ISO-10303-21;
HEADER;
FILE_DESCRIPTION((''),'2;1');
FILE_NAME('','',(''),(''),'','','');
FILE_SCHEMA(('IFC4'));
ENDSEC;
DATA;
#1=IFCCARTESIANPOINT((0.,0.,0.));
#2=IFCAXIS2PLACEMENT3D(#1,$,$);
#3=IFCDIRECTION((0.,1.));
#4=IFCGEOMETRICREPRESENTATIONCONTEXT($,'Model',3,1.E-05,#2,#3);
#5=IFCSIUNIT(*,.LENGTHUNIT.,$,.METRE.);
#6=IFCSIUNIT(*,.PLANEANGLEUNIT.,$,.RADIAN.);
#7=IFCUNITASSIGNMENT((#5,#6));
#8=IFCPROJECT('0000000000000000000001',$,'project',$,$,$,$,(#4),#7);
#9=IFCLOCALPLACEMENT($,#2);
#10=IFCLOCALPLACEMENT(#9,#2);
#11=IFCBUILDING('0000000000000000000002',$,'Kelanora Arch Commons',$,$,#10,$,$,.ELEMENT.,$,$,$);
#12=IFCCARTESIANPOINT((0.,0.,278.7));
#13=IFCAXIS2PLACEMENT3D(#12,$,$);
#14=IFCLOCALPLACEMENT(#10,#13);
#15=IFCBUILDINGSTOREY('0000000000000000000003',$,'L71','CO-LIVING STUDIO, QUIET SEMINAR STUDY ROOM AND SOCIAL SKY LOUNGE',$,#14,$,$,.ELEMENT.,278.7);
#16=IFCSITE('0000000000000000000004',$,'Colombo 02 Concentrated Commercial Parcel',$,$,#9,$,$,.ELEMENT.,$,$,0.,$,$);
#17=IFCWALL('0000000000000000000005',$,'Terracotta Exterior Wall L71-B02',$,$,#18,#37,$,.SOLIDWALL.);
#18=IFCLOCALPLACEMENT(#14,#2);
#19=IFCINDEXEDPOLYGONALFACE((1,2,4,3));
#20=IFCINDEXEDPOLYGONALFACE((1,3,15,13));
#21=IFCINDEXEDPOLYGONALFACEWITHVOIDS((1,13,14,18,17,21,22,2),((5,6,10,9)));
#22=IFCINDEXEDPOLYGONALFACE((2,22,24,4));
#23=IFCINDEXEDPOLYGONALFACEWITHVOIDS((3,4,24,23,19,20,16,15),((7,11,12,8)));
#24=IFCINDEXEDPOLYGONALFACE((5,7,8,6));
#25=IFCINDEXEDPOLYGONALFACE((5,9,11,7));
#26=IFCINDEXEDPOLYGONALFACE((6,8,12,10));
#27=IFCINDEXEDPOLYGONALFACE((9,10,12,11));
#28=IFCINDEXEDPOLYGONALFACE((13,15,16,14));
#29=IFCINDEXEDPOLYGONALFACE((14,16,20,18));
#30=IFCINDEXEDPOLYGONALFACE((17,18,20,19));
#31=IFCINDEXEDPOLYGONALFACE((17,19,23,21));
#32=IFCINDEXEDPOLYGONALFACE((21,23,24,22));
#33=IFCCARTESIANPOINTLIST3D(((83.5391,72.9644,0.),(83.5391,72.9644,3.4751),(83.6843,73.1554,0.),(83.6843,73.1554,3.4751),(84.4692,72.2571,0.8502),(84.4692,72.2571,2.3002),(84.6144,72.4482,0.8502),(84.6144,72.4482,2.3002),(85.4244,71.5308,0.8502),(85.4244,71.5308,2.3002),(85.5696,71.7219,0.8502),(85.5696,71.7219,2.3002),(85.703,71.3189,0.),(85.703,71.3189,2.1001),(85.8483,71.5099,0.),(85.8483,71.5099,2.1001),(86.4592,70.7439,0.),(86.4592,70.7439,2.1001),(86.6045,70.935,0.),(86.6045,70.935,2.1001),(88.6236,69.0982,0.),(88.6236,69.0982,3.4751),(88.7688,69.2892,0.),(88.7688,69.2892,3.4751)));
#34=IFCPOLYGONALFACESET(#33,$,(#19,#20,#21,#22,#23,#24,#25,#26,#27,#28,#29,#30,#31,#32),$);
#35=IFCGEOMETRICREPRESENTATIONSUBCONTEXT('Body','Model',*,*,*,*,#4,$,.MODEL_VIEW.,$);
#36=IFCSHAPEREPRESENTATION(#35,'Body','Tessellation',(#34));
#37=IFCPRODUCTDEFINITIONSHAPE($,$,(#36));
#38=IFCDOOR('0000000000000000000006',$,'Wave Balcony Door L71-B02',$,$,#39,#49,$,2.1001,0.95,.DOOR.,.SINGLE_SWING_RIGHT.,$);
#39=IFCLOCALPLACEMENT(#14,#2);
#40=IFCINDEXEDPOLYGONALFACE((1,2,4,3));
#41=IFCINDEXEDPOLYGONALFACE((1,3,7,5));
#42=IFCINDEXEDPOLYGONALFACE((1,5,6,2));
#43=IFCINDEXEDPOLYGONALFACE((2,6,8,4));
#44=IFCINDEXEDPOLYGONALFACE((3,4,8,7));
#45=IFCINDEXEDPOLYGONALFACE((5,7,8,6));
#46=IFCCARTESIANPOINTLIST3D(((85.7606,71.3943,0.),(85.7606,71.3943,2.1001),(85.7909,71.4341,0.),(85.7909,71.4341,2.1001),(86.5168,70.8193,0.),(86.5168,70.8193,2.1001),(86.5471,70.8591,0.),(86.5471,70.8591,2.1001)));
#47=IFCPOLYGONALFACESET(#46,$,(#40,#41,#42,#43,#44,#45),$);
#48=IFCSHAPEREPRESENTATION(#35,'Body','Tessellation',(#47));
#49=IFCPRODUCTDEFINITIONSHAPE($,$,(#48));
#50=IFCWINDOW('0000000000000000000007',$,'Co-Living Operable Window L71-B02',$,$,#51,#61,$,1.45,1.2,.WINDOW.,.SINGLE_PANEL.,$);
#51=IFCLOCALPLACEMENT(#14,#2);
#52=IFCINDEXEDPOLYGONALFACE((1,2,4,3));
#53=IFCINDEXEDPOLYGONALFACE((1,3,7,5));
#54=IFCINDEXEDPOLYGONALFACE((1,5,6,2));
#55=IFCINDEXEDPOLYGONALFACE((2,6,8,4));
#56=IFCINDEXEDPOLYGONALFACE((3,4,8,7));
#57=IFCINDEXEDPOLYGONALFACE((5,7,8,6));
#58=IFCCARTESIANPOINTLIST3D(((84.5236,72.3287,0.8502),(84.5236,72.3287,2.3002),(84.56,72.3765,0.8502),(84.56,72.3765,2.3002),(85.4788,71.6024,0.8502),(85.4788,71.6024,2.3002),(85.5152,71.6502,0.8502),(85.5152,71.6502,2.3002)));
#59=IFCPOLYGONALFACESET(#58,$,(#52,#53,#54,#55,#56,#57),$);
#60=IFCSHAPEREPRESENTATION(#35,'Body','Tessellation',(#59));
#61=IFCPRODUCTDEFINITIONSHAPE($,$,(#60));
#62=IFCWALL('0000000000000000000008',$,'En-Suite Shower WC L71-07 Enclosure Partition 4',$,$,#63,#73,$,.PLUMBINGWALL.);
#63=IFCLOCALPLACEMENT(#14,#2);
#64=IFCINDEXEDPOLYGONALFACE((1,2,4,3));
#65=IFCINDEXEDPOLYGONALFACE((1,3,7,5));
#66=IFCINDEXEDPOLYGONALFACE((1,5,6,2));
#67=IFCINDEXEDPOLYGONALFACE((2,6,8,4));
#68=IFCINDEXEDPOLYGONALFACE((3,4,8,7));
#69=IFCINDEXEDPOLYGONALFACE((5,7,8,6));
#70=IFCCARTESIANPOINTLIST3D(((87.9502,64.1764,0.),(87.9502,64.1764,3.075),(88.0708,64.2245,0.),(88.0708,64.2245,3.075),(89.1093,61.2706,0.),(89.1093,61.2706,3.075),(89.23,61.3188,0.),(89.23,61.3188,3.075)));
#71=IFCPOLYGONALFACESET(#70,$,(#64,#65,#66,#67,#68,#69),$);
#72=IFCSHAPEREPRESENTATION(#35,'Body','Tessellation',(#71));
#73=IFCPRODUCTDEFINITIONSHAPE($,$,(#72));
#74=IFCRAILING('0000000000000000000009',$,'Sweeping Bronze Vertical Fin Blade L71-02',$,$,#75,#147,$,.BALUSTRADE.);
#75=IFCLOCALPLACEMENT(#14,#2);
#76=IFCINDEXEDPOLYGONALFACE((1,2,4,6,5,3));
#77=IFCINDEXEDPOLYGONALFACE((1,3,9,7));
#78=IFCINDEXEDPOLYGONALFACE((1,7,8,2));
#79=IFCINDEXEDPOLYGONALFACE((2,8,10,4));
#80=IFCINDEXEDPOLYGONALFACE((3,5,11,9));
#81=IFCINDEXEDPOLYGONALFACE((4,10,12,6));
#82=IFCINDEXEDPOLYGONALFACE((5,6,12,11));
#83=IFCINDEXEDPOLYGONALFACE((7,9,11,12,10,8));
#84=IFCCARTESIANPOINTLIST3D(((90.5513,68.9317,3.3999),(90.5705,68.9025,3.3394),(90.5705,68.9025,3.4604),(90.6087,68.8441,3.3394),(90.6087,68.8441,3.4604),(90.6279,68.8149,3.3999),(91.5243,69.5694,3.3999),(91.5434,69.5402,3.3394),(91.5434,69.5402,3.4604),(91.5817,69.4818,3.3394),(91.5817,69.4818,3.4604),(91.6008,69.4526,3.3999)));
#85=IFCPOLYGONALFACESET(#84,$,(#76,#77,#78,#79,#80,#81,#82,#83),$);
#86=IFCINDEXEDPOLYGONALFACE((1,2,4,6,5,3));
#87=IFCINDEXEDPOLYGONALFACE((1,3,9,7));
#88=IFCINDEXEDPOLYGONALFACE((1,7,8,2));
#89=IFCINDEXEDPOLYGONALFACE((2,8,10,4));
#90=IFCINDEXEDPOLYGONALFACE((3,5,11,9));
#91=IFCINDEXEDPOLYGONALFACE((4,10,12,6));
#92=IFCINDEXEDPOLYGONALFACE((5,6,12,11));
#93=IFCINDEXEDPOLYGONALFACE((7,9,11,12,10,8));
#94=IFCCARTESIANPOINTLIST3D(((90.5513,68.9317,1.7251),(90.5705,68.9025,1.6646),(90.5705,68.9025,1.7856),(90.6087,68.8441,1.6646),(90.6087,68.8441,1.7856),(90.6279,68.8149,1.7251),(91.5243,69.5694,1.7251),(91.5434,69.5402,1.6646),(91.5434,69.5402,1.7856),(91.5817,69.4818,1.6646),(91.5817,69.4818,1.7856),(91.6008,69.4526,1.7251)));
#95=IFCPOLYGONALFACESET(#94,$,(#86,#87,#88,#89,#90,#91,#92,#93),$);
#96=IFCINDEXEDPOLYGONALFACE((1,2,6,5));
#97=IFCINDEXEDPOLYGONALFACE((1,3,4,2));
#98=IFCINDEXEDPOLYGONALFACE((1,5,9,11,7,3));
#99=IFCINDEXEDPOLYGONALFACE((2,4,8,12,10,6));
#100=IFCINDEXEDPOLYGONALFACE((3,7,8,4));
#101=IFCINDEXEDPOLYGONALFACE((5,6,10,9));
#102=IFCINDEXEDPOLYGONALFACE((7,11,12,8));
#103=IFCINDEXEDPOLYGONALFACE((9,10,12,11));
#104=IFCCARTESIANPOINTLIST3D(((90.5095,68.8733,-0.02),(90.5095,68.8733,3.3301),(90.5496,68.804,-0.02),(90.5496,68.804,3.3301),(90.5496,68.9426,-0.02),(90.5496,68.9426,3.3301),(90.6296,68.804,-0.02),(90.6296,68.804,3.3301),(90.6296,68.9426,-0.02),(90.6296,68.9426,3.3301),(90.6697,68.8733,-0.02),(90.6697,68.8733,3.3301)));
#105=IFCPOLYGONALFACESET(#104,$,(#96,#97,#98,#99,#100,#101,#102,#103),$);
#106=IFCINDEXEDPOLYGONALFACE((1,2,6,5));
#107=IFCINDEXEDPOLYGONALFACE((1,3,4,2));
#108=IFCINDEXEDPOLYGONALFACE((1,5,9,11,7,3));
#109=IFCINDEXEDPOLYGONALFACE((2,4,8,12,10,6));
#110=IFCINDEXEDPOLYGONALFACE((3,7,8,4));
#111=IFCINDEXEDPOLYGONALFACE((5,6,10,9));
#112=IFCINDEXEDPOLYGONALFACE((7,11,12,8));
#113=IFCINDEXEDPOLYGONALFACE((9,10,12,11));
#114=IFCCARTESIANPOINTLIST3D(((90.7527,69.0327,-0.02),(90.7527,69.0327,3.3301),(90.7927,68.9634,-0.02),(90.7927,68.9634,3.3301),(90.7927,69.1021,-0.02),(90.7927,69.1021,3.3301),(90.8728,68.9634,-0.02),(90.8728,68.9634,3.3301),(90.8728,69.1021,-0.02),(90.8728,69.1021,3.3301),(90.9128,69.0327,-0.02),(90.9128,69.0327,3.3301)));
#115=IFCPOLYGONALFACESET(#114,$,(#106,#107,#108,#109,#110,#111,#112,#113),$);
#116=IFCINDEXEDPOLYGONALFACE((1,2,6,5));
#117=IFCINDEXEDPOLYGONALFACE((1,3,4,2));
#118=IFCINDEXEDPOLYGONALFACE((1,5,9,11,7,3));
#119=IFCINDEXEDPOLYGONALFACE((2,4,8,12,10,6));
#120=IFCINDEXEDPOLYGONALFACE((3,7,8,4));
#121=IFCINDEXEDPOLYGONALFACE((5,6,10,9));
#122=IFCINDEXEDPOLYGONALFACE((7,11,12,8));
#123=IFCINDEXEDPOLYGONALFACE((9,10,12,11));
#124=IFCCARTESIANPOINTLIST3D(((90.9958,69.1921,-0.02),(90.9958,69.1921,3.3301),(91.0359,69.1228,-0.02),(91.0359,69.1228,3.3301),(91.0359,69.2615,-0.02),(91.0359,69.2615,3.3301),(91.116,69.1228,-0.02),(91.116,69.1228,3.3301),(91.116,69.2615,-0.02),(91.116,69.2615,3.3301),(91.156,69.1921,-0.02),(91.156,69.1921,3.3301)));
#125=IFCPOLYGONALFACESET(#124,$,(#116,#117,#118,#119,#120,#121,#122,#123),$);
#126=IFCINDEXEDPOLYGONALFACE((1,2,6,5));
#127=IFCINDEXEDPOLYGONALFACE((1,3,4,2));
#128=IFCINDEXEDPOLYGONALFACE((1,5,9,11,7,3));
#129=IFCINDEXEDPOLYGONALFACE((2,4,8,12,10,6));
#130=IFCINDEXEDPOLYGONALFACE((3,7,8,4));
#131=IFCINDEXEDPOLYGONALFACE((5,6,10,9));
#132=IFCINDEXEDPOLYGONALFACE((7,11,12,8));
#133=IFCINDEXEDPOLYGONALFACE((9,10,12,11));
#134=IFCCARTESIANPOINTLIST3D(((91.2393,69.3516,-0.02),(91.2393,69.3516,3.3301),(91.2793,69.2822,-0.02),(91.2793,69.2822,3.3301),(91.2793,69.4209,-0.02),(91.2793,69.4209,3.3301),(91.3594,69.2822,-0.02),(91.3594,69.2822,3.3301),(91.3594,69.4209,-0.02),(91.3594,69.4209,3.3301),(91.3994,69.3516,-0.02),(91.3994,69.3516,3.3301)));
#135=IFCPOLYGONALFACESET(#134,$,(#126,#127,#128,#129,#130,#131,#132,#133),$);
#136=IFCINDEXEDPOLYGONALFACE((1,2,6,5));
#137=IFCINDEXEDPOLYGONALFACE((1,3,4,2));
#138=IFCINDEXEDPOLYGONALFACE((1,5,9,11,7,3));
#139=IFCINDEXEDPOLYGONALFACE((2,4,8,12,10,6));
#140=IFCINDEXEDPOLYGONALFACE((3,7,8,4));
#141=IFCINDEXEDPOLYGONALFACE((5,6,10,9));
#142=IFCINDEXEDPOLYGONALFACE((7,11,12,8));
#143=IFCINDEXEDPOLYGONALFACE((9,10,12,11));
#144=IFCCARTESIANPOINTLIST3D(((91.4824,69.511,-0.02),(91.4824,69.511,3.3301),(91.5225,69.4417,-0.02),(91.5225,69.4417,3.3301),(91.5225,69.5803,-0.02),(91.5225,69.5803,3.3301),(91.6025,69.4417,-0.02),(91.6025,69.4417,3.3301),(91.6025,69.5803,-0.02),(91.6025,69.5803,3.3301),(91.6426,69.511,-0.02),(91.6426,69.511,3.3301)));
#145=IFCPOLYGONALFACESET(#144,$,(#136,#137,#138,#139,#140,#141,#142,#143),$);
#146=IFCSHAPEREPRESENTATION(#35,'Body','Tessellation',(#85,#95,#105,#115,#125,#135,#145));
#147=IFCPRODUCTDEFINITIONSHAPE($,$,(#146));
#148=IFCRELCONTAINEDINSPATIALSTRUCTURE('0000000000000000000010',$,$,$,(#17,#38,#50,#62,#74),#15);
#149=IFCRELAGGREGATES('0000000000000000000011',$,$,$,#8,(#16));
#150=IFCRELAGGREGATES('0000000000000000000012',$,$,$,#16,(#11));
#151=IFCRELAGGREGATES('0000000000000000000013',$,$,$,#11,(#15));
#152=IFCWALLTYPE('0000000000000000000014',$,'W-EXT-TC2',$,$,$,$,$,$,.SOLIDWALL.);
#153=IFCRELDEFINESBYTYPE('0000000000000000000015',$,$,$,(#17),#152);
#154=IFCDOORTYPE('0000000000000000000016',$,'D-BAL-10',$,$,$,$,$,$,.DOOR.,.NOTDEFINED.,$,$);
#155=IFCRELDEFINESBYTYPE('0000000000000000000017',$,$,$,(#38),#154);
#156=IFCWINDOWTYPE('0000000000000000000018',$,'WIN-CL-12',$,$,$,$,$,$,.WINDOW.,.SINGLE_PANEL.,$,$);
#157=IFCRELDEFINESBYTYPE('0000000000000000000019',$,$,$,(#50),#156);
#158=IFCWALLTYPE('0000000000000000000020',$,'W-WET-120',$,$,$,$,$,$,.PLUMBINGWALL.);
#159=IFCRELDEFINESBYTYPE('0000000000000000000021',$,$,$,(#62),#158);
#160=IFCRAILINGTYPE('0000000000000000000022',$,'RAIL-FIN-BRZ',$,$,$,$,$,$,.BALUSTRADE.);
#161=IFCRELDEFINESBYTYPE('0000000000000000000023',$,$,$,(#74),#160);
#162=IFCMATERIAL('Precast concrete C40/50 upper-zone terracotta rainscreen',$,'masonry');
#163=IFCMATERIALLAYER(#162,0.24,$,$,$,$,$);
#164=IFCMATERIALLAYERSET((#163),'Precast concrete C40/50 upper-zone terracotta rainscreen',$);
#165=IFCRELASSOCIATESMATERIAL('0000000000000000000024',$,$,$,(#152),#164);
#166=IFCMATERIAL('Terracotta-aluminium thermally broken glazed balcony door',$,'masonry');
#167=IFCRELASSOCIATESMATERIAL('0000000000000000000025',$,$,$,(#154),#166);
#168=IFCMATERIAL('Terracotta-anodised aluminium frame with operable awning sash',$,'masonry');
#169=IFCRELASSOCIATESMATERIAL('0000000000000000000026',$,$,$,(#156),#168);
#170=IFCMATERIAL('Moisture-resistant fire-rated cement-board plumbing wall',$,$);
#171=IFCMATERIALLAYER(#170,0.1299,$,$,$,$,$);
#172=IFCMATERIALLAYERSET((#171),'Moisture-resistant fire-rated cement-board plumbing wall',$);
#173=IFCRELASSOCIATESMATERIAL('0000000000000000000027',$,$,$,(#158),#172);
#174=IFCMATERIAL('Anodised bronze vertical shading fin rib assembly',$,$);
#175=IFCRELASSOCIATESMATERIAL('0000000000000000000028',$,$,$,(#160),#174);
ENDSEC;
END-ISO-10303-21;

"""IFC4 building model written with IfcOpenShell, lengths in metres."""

from ifc_helpers import new_model, si_unit, direction, frame, frame_2d, origin, place, context, subcontext, project, spatial, polyline, rectangle, outline, extrude, material, layer, layer_set, type_object, element, fill, save


model = new_model("IFC4")

# Units and contexts
model_context = context("Model", 3, precision=1e-05, world=origin(), true_north=direction((0.0, 1.0)))
body_context = subcontext(model_context, "Body", "Model", "MODEL_VIEW")
ifc_project = project(units=[si_unit("LENGTHUNIT", "METRE"), si_unit("PLANEANGLEUNIT", "RADIAN")], contexts=[model_context])

# Site, building, storey
site_placement = place(None, origin())
site = spatial("IfcSite", under=ifc_project, at=site_placement, Name="Colombo 02 Concentrated Commercial Parcel", CompositionType="ELEMENT", RefElevation=0.0)
building_placement = place(site_placement, origin())
building = spatial("IfcBuilding", under=site, at=building_placement, Name="Kelanora Arch Commons", CompositionType="ELEMENT")
storey_placement = place(building_placement, frame((0.0, 0.0, 278.7)))
storey = spatial("IfcBuildingStorey", under=building, at=storey_placement, Name="L71", Description="CO-LIVING STUDIO, QUIET SEMINAR STUDY ROOM AND SOCIAL SKY LOUNGE", CompositionType="ELEMENT", Elevation=278.7)

# Wall, openings, door, window
ifc_material_1 = material(Name="Precast concrete C40/50 upper-zone terracotta rainscreen", Category="masonry")
ifc_layer_1 = layer(ifc_material_1, 0.24)
ifc_layer_set_1 = layer_set([ifc_layer_1], Name="Precast concrete C40/50 upper-zone terracotta rainscreen")
wall_type_1 = type_object("IfcWallType", Name="W-EXT-TC2", PredefinedType="SOLIDWALL", material=ifc_layer_set_1)
wall_1_placement = place(storey_placement, frame((88.6963, 69.1936, 0.0), z_axis=(0.0, 0.0, 1.0), x_axis=(-0.79601, 0.605283, 0.0)))
wall_1 = element("IfcWall", 1, at=wall_1_placement, inside=storey, type_object=wall_type_1, Name="Terracotta Exterior Wall L71-B02", PredefinedType="SOLIDWALL", context=body_context, shape_type="SweptSolid", body=[
    extrude(rectangle(XDim=6.3875, YDim=0.24, at=frame_2d((3.1938, 0.0))), origin(), (0.0, 0.0, 1.0), 3.4751),
])
opening_1_placement = place(wall_1_placement, frame((2.719, 0.0, 0.0)))
opening_1 = element("IfcOpeningElement", 2, at=opening_1_placement, cuts=wall_1, PredefinedType="OPENING", context=body_context, shape_type="SweptSolid", body=[
    extrude(rectangle(XDim=0.95, YDim=2.1001, at=frame_2d((0.4751, 1.05))), frame((0.0, 0.1299, 0.0), z_axis=(0.0, -1.0, 0.0), x_axis=(1.0, 0.0, 0.0)), (0.0, 0.0, 1.0), 0.26),
])
opening_2_placement = place(wall_1_placement, frame((4.019, 0.0, 0.8501)))
opening_2 = element("IfcOpeningElement", 3, at=opening_2_placement, cuts=wall_1, PredefinedType="OPENING", context=body_context, shape_type="SweptSolid", body=[
    extrude(rectangle(XDim=1.2, YDim=1.45, at=frame_2d((0.6001, 0.7251))), frame((0.0, 0.1299, 0.0), z_axis=(0.0, -1.0, 0.0), x_axis=(1.0, 0.0, 0.0)), (0.0, 0.0, 1.0), 0.26),
])
ifc_material_2 = material(Name="Terracotta-aluminium thermally broken glazed balcony door", Category="masonry")
door_type = type_object("IfcDoorType", Name="D-BAL-10", OperationType="NOTDEFINED", PredefinedType="DOOR", material=ifc_material_2)
door_placement = place(opening_1_placement, frame((0.95, 0.0, 0.0), z_axis=(0.0, 0.0, 1.0), x_axis=(-1.0, 0.0, 0.0)))
door = element("IfcDoor", 4, at=door_placement, inside=storey, type_object=door_type, Name="Wave Balcony Door L71-B02", OperationType="SINGLE_SWING_RIGHT", OverallHeight=2.1001, OverallWidth=0.95, PredefinedType="DOOR", context=body_context, shape_type="SweptSolid", body=[
    extrude(rectangle(XDim=0.95, YDim=2.1001, at=frame_2d((0.4751, 1.05))), frame((0.0, 0.0249, 0.0), z_axis=(0.0, -1.0, 0.0), x_axis=(1.0, 0.0, 0.0)), (0.0, 0.0, 1.0), 0.05),
])
fill(opening_1, door)
ifc_material_3 = material(Name="Terracotta-anodised aluminium frame with operable awning sash", Category="masonry")
window_type = type_object("IfcWindowType", Name="WIN-CL-12", PartitioningType="SINGLE_PANEL", PredefinedType="WINDOW", material=ifc_material_3)
window_placement = place(opening_2_placement, origin())
window = element("IfcWindow", 5, at=window_placement, inside=storey, type_object=window_type, Name="Co-Living Operable Window L71-B02", OverallHeight=1.45, OverallWidth=1.2, PartitioningType="SINGLE_PANEL", PredefinedType="WINDOW", context=body_context, shape_type="SweptSolid", body=[
    extrude(rectangle(XDim=1.2, YDim=1.45, at=frame_2d((0.6001, 0.7251))), frame((0.0, 0.03, 0.0), z_axis=(0.0, -1.0, 0.0), x_axis=(1.0, 0.0, 0.0)), (0.0, 0.0, 1.0), 0.0601),
])
fill(opening_2, window)

# Wall
ifc_material_4 = material(Name="Moisture-resistant fire-rated cement-board plumbing wall")
ifc_layer_2 = layer(ifc_material_4, 0.1299)
ifc_layer_set_2 = layer_set([ifc_layer_2], Name="Moisture-resistant fire-rated cement-board plumbing wall")
wall_type_2 = type_object("IfcWallType", Name="W-WET-120", PredefinedType="PLUMBINGWALL", material=ifc_layer_set_2)
wall_2_placement = place(storey_placement, frame((88.0105, 64.2004, 0.0), z_axis=(0.0, 0.0, 1.0), x_axis=(0.370529, -0.928821, 0.0)))
element("IfcWall", 6, at=wall_2_placement, inside=storey, type_object=wall_type_2, Name="En-Suite Shower WC L71-07 Enclosure Partition 4", PredefinedType="PLUMBINGWALL", context=body_context, shape_type="SweptSolid", body=[
    extrude(rectangle(XDim=3.1284, YDim=0.1299, at=frame_2d((1.5642, 0.0))), origin(), (0.0, 0.0, 1.0), 3.075),
])

# Railing
ifc_material_5 = material(Name="Anodised bronze vertical shading fin rib assembly")
railing_type = type_object("IfcRailingType", Name="RAIL-FIN-BRZ", PredefinedType="BALUSTRADE", material=ifc_material_5)
railing_1_placement = place(storey_placement, frame((90.5896, 68.8733, -0.02)))
element("IfcRailing", 7, at=railing_1_placement, inside=storey, type_object=railing_type, Name="Sweeping Bronze Vertical Fin Blade L71-02", PredefinedType="BALUSTRADE", context=body_context, shape_type="SweptSolid", body=[
    extrude(outline(polyline([(0.0698, 0.0), (0.0349, 0.0605), (-0.0349, 0.0605), (-0.0698, 0.0), (-0.0349, -0.0605), (0.0349, -0.0605), (0.0698, 0.0)])), frame((0.0, 0.0, 3.4199), z_axis=(0.836352, 0.548193, 0.0), x_axis=(-0.548193, 0.836352, 0.0)), (0.0, 0.0, 1.0), 1.1633),
    extrude(outline(polyline([(0.0698, 0.0), (0.0349, 0.0605), (-0.0349, 0.0605), (-0.0698, 0.0), (-0.0349, -0.0605), (0.0349, -0.0605), (0.0698, 0.0)])), frame((0.0, 0.0, 1.7451), z_axis=(0.836352, 0.548193, 0.0), x_axis=(-0.548193, 0.836352, 0.0)), (0.0, 0.0, 1.0), 1.1633),
    extrude(outline(polyline([(0.0801, 0.0), (0.04, 0.0693), (-0.04, 0.0693), (-0.0801, 0.0), (-0.04, -0.0693), (0.04, -0.0693), (0.0801, 0.0)])), origin(), (0.0, 0.0, 1.0), 3.3501),
    extrude(outline(polyline([(0.0801, 0.0), (0.04, 0.0693), (-0.04, 0.0693), (-0.0801, 0.0), (-0.04, -0.0693), (0.04, -0.0693), (0.0801, 0.0)])), frame((0.2432, 0.1594, 0.0)), (0.0, 0.0, 1.0), 3.3501),
    extrude(outline(polyline([(0.0801, 0.0), (0.04, 0.0693), (-0.04, 0.0693), (-0.0801, 0.0), (-0.04, -0.0693), (0.04, -0.0693), (0.0801, 0.0)])), frame((0.4863, 0.3188, 0.0)), (0.0, 0.0, 1.0), 3.3501),
    extrude(outline(polyline([(0.0801, 0.0), (0.04, 0.0693), (-0.04, 0.0693), (-0.0801, 0.0), (-0.04, -0.0693), (0.04, -0.0693), (0.0801, 0.0)])), frame((0.7297, 0.4783, 0.0)), (0.0, 0.0, 1.0), 3.3501),
    extrude(outline(polyline([(0.0801, 0.0), (0.04, 0.0693), (-0.04, 0.0693), (-0.0801, 0.0), (-0.04, -0.0693), (0.04, -0.0693), (0.0801, 0.0)])), frame((0.9729, 0.6377, 0.0)), (0.0, 0.0, 1.0), 3.3501),
])

save(model, "model.ifc")
